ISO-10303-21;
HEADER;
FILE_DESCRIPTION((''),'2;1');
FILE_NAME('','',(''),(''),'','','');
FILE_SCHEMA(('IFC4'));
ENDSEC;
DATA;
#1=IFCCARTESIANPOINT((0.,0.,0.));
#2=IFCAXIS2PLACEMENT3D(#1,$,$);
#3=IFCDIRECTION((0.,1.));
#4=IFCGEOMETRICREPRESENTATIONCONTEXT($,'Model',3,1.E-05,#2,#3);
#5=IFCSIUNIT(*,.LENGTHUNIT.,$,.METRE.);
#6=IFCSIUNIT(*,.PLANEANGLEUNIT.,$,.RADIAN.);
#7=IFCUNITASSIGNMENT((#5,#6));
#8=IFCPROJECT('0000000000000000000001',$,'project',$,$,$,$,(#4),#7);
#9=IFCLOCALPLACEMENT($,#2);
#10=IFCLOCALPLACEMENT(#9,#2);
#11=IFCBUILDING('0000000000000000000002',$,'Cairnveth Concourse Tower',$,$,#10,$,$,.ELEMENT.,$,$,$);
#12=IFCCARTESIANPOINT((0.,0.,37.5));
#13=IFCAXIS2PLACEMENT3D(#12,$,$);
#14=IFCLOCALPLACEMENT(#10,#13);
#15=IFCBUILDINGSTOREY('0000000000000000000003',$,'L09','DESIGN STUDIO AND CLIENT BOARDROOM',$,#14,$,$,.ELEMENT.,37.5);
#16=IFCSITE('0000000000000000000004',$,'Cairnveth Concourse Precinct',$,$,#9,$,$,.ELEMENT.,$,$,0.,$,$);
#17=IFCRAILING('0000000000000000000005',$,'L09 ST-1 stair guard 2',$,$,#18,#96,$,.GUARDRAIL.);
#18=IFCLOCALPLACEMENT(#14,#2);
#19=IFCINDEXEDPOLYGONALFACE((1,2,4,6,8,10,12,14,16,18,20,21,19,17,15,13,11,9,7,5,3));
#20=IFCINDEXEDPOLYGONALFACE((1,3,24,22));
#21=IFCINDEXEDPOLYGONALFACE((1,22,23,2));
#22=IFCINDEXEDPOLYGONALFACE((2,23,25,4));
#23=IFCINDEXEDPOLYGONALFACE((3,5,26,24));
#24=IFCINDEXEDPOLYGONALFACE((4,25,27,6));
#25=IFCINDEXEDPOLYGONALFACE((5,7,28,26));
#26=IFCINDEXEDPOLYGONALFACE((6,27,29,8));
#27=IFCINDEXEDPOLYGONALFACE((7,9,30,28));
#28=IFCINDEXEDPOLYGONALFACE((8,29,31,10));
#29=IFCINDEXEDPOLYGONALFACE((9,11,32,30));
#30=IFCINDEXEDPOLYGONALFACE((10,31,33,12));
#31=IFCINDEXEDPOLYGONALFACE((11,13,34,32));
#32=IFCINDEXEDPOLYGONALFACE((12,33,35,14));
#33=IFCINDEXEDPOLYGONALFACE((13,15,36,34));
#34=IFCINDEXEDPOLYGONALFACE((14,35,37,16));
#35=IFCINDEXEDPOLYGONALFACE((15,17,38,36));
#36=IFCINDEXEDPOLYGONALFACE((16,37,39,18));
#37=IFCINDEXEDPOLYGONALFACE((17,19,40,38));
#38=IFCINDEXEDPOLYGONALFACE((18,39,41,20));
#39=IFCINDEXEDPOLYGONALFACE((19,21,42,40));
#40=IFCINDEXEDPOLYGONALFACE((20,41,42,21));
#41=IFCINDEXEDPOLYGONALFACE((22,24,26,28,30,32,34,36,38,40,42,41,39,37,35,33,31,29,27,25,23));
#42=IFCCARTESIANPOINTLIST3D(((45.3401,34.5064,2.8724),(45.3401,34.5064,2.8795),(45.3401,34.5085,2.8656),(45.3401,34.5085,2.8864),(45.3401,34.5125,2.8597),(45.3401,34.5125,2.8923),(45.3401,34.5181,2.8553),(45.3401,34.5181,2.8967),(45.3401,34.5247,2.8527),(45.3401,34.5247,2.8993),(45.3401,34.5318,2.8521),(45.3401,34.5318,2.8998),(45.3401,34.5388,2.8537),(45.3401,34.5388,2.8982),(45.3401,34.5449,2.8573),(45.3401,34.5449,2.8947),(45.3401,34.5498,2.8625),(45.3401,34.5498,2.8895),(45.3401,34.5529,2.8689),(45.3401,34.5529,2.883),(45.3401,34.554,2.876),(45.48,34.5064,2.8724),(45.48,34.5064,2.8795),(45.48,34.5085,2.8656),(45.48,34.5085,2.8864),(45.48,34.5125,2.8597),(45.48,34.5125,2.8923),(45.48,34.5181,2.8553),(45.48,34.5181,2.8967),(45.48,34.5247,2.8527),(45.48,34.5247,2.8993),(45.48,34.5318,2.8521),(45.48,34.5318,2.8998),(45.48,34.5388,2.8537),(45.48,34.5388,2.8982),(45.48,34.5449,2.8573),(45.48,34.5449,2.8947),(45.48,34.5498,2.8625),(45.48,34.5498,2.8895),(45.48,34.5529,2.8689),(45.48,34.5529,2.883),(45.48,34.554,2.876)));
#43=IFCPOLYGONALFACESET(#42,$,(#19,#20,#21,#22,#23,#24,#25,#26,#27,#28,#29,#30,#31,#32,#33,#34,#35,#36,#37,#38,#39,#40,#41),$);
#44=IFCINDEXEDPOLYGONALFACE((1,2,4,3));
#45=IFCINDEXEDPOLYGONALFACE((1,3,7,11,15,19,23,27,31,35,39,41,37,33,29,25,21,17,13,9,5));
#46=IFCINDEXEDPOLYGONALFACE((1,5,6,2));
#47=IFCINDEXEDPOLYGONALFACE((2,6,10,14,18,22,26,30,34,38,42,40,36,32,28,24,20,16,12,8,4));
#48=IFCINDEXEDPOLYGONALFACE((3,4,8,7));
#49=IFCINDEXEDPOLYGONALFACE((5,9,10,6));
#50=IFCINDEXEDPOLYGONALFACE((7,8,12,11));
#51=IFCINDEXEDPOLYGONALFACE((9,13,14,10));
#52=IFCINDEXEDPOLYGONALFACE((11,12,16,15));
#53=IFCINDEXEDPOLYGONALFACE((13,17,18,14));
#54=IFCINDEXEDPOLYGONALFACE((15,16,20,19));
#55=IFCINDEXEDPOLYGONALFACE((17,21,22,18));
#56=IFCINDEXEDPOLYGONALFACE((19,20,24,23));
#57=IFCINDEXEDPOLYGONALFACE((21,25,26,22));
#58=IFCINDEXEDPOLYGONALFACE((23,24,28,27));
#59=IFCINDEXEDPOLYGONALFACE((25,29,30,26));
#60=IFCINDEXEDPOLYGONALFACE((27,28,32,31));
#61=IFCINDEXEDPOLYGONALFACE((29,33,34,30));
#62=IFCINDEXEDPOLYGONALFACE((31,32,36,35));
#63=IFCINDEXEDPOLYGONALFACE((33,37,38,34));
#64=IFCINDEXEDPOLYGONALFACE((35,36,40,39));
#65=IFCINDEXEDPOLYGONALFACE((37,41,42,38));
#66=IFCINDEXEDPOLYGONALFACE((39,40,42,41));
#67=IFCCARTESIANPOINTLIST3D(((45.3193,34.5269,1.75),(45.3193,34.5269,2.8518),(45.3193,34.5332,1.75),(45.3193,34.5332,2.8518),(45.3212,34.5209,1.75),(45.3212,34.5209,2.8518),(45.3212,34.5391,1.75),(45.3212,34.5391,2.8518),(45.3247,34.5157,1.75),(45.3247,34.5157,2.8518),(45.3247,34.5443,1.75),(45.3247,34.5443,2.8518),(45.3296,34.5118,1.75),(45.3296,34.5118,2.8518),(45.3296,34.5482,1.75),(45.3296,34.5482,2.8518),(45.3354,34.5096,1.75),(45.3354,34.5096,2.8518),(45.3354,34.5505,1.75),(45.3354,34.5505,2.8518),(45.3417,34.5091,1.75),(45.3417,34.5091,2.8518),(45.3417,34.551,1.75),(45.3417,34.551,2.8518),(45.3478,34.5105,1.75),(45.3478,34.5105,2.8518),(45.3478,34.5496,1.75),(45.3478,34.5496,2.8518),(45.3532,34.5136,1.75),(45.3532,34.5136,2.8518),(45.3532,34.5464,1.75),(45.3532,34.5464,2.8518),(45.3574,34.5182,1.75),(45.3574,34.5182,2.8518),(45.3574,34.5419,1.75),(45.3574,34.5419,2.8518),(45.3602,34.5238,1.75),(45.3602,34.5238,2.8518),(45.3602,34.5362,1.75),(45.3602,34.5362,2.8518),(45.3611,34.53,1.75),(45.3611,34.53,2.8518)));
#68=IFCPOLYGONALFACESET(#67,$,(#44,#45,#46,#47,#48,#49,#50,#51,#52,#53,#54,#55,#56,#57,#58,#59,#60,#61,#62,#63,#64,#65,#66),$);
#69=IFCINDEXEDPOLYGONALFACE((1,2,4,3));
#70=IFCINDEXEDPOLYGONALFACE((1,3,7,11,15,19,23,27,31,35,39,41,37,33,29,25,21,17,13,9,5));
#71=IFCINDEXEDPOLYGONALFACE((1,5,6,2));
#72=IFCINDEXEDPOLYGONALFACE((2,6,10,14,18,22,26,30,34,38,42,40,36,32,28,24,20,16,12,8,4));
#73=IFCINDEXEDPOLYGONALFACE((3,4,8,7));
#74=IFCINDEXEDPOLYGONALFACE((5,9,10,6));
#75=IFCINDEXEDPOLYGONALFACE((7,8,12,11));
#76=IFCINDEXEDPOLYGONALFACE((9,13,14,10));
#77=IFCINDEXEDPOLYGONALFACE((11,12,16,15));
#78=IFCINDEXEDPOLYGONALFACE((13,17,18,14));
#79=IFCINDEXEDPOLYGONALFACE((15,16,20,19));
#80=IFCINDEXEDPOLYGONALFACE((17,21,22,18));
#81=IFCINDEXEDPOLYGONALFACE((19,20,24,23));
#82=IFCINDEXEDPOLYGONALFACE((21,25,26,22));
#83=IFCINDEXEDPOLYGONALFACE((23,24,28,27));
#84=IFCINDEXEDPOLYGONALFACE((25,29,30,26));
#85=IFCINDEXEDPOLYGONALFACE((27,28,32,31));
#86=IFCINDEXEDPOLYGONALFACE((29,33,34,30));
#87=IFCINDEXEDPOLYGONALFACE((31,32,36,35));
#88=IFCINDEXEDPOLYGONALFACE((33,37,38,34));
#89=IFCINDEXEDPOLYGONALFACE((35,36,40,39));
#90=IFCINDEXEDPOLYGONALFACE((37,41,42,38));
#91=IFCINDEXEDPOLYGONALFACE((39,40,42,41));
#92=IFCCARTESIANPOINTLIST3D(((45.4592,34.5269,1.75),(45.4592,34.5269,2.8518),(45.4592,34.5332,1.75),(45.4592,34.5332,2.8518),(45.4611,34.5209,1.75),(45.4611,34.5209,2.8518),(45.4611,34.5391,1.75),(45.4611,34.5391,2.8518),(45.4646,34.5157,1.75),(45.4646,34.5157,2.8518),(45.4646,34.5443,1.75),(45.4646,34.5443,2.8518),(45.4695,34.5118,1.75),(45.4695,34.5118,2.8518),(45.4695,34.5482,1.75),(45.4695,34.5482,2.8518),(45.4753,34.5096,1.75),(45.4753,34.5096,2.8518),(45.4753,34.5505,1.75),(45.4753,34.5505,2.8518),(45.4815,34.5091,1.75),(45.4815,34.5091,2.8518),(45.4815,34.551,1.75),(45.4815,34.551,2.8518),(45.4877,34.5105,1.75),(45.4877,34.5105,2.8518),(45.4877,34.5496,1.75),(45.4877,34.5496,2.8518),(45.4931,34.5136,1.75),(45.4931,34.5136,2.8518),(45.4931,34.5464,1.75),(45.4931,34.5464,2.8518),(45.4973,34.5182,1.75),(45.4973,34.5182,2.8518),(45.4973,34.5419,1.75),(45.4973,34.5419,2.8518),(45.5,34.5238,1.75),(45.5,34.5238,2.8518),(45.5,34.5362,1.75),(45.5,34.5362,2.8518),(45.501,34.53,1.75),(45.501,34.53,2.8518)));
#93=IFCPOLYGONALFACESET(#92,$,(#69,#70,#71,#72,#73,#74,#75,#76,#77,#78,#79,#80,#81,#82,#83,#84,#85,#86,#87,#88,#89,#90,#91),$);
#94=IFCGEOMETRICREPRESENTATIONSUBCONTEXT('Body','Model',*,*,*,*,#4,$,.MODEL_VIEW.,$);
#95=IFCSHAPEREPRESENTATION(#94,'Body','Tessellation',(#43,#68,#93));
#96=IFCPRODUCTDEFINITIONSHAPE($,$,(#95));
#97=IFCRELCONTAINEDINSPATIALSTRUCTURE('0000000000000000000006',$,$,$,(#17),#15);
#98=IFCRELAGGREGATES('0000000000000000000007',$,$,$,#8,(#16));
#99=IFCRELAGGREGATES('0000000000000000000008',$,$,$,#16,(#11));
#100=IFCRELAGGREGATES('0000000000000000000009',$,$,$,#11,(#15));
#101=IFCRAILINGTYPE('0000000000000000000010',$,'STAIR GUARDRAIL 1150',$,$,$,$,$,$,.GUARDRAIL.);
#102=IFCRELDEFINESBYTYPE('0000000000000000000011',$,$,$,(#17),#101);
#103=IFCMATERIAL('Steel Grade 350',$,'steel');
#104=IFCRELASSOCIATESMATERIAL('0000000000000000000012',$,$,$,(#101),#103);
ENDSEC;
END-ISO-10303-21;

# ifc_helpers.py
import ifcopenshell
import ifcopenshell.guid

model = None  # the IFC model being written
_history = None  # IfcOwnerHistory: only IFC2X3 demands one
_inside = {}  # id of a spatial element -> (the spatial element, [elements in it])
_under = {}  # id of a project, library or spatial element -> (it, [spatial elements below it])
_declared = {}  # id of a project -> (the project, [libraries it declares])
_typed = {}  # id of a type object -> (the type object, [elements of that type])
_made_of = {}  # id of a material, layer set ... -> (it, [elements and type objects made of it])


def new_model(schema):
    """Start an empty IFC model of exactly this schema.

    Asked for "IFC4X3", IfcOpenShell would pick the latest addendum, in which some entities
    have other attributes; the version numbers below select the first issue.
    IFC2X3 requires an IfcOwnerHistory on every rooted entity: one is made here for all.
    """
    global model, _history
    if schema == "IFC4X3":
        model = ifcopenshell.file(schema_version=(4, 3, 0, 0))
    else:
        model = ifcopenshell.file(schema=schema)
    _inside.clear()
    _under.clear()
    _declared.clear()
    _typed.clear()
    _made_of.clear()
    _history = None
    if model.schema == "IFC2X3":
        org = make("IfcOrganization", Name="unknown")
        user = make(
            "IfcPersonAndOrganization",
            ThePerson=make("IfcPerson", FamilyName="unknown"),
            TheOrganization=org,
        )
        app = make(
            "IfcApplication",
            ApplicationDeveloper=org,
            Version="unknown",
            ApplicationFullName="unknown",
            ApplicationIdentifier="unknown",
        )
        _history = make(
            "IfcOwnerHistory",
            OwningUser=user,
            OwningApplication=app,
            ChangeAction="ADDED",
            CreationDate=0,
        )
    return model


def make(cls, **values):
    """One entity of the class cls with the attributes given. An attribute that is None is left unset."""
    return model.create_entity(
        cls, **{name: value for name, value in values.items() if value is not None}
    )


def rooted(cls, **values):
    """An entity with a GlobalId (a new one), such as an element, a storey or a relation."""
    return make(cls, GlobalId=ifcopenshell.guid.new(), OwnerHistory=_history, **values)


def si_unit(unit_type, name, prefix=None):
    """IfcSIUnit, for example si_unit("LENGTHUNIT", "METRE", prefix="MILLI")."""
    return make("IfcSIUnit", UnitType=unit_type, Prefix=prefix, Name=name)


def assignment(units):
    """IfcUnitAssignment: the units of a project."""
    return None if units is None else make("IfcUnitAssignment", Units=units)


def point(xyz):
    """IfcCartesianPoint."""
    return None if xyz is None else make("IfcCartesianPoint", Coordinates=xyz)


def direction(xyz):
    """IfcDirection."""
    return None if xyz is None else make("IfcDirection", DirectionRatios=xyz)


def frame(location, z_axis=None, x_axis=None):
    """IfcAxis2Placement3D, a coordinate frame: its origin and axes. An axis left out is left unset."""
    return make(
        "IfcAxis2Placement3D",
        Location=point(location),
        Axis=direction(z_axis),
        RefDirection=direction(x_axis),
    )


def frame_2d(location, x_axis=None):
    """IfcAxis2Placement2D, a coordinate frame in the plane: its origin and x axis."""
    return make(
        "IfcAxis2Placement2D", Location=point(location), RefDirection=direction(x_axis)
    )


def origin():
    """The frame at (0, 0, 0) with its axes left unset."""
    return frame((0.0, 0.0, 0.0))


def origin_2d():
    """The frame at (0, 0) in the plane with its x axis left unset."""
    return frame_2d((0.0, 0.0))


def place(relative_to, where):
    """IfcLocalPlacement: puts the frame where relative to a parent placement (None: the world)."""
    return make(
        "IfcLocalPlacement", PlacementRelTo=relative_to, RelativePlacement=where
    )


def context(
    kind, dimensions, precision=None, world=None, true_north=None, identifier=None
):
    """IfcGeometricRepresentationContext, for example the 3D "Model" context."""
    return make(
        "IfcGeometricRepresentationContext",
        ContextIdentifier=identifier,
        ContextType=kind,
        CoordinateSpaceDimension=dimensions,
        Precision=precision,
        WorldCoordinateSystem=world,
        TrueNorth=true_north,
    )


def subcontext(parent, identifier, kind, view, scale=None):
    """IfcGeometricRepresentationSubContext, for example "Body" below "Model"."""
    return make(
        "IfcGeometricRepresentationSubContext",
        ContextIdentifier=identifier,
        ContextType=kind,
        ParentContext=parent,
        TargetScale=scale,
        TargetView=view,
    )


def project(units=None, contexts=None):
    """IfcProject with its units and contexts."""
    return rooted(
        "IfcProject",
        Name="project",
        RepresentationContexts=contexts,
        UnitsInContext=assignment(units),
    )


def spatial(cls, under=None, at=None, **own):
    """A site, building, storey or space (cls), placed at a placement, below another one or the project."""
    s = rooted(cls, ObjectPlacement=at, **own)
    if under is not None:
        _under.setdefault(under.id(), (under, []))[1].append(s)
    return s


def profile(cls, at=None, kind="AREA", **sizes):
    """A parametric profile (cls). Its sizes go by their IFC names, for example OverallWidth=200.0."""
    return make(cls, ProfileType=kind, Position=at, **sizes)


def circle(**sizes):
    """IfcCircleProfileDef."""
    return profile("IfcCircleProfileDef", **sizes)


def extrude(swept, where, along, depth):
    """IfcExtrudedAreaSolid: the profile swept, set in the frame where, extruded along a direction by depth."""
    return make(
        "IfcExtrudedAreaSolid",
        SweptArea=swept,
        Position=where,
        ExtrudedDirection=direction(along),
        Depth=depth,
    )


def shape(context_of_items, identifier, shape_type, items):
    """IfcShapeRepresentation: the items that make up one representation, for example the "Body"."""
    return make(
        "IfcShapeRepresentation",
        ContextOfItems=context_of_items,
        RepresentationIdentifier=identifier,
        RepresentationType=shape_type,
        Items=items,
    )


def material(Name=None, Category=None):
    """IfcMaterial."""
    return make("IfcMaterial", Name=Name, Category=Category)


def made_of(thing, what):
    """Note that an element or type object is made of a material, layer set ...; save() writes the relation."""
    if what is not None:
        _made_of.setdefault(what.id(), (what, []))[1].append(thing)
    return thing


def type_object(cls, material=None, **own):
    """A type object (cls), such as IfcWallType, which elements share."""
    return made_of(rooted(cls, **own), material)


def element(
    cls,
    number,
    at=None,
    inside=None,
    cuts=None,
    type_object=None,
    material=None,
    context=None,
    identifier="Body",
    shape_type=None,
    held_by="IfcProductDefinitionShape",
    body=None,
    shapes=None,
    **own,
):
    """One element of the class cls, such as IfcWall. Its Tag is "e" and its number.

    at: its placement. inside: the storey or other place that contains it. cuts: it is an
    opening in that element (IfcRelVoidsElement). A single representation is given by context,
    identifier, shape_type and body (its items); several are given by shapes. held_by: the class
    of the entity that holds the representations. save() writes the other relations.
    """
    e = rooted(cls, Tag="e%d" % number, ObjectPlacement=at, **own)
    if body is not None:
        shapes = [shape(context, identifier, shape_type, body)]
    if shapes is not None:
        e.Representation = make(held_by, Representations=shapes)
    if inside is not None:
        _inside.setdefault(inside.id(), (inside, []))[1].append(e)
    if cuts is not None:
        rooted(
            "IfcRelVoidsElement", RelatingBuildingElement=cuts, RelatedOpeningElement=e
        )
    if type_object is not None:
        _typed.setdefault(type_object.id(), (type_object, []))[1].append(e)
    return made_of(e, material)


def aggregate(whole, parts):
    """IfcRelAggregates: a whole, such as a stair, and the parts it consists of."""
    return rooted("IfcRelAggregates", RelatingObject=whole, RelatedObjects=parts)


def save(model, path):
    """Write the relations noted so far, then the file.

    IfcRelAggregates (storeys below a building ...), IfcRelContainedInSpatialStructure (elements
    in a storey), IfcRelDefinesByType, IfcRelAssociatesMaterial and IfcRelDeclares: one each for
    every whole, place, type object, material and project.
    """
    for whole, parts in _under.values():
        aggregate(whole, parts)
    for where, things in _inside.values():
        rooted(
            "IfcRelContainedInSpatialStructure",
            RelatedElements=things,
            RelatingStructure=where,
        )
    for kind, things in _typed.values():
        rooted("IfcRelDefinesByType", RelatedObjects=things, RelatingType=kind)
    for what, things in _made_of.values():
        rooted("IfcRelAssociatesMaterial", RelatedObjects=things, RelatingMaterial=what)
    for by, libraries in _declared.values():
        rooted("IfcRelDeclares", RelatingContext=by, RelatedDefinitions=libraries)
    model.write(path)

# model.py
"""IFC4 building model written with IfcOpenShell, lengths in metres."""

from ifc_helpers import new_model, si_unit, direction, frame, origin, origin_2d, place, context, subcontext, project, spatial, circle, extrude, material, type_object, element, save


model = new_model("IFC4")

# Units and contexts
model_context = context("Model", 3, precision=1e-05, world=origin(), true_north=direction((0.0, 1.0)))
body_context = subcontext(model_context, "Body", "Model", "MODEL_VIEW")
ifc_project = project(units=[si_unit("LENGTHUNIT", "METRE"), si_unit("PLANEANGLEUNIT", "RADIAN")], contexts=[model_context])

# Site, building, storey
site_placement = place(None, origin())
site = spatial("IfcSite", under=ifc_project, at=site_placement, Name="Cairnveth Concourse Precinct", CompositionType="ELEMENT", RefElevation=0.0)
building_placement = place(site_placement, origin())
building = spatial("IfcBuilding", under=site, at=building_placement, Name="Cairnveth Concourse Tower", CompositionType="ELEMENT")
storey_placement = place(building_placement, frame((0.0, 0.0, 37.5)))
storey = spatial("IfcBuildingStorey", under=building, at=storey_placement, Name="L09", Description="DESIGN STUDIO AND CLIENT BOARDROOM", CompositionType="ELEMENT", Elevation=37.5)

# Railing
ifc_material_1 = material(Name="Steel Grade 350", Category="steel")
railing_type_1 = type_object("IfcRailingType", Name="STAIR GUARDRAIL 1150", PredefinedType="GUARDRAIL", material=ifc_material_1)
railing_1_placement = place(storey_placement, frame((45.3401, 34.53, 1.75)))
element("IfcRailing", 1, at=railing_1_placement, inside=storey, type_object=railing_type_1, Name="L09 ST-1 stair guard 2", PredefinedType="GUARDRAIL", context=body_context, shape_type="SweptSolid", body=[
    extrude(circle(Radius=0.0239, at=origin_2d()), frame((0.0, 0.0, 1.126), z_axis=(1.0, 0.0, 0.0), x_axis=(0.0, 1.0, 0.0)), (0.0, 0.0, 1.0), 0.1399),
    extrude(circle(Radius=0.021, at=origin_2d()), origin(), (0.0, 0.0, 1.0), 1.1018),
    extrude(circle(Radius=0.021, at=origin_2d()), frame((0.1399, 0.0, 0.0)), (0.0, 0.0, 1.0), 1.1018),
])

save(model, "model.ifc")
